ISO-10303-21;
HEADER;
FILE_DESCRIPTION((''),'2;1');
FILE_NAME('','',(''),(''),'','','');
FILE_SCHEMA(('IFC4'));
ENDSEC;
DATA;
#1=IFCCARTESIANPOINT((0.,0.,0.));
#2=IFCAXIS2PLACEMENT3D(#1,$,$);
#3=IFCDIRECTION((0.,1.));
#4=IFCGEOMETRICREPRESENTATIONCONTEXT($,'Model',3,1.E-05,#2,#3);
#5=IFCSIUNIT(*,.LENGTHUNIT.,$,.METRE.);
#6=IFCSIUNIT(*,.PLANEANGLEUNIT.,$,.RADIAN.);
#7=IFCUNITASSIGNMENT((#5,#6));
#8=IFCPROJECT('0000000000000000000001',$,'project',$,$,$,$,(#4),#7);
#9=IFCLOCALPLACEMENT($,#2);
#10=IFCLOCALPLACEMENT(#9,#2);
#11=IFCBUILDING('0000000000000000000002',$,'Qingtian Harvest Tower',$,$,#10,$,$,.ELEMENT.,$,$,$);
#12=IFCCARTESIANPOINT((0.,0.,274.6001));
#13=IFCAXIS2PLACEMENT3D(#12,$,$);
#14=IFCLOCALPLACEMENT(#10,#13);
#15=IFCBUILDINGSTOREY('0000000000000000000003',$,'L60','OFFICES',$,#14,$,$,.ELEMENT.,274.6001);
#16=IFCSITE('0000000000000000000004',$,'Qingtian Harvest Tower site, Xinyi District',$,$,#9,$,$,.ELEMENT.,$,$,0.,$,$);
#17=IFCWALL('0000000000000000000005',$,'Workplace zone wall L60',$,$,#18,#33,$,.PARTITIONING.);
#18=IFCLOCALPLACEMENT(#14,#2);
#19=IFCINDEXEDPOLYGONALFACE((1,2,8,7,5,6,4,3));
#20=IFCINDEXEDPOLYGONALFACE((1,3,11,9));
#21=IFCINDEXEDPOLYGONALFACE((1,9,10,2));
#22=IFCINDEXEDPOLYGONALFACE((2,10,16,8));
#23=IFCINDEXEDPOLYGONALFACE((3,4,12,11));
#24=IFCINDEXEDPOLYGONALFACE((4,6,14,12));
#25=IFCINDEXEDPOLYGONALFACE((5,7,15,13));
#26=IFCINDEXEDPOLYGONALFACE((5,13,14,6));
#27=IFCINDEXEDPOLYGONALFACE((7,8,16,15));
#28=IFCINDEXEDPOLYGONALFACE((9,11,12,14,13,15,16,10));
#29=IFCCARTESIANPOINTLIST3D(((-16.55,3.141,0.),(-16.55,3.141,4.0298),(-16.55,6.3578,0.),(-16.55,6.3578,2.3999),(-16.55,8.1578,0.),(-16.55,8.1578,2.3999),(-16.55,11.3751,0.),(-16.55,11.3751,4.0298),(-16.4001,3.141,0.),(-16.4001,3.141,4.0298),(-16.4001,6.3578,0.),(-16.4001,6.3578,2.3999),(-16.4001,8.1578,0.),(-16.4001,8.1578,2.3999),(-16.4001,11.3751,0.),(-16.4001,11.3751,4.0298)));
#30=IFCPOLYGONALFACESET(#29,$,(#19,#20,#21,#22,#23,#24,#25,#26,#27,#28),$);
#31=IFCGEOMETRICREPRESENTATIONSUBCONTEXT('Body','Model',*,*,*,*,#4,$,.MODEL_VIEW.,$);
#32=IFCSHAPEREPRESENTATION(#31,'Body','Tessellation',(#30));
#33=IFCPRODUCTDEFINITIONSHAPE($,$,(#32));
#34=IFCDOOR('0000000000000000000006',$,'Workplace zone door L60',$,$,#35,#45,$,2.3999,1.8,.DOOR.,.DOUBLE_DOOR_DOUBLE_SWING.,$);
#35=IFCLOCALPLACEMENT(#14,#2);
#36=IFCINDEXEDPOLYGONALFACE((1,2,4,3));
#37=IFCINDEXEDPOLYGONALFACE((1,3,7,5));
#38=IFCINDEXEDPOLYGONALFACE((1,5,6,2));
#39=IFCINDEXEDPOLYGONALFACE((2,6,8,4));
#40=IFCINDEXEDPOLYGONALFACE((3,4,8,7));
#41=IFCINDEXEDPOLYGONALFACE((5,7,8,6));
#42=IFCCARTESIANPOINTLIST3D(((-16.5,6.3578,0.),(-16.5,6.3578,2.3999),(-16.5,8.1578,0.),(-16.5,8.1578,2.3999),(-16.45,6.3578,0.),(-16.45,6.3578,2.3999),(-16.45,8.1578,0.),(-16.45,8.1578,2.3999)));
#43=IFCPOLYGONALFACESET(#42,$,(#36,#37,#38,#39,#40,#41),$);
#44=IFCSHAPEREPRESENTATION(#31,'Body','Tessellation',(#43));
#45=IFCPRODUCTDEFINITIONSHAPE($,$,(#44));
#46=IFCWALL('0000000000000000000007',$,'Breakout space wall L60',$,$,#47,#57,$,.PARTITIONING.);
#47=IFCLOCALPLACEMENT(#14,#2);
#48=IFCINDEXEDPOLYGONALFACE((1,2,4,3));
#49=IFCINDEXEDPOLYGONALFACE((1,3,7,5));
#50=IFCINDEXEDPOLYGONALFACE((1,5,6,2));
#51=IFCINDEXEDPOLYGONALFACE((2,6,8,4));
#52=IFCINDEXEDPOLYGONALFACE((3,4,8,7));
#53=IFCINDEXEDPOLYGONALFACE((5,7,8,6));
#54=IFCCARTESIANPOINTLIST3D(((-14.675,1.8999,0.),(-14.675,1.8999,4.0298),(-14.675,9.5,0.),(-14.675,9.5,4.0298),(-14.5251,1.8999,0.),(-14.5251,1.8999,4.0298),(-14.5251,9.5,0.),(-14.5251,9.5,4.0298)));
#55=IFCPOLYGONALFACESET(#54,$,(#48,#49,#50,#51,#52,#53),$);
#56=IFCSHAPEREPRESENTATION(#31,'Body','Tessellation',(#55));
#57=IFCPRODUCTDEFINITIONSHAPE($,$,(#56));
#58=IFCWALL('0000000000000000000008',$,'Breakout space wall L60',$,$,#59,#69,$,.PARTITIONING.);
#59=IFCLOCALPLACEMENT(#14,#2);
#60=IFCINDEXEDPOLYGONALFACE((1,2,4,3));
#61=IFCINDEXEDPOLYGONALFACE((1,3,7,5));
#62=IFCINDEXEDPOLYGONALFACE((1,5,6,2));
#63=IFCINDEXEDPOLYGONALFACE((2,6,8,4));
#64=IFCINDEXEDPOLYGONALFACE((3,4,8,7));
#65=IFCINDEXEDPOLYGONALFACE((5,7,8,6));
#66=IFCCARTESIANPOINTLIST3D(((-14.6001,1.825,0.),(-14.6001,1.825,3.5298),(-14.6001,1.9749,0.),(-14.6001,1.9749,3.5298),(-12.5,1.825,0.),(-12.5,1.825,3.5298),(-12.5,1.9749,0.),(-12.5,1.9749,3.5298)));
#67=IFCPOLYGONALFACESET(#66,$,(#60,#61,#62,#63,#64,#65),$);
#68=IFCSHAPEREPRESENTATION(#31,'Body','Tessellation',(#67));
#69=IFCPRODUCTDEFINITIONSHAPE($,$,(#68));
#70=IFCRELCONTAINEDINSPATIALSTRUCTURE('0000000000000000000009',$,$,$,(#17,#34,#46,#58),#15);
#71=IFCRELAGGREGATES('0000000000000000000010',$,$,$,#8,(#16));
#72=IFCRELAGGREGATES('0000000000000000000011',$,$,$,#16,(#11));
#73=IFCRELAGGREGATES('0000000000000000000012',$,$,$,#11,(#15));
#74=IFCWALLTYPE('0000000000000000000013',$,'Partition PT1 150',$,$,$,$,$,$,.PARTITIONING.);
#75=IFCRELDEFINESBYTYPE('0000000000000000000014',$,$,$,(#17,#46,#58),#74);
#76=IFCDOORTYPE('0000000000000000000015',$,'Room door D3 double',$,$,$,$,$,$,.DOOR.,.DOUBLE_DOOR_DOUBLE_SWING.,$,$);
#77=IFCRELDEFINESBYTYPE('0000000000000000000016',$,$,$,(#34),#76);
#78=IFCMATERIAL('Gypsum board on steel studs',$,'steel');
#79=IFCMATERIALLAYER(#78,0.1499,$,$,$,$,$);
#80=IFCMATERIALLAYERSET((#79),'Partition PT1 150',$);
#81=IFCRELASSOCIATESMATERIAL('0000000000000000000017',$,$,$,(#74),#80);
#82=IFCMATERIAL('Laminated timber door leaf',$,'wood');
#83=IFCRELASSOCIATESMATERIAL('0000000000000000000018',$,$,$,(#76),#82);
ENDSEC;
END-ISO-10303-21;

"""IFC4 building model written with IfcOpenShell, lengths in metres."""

from ifc_helpers import new_model, si_unit, direction, frame, frame_2d, origin, place, context, subcontext, project, spatial, rectangle, extrude, material, layer, layer_set, type_object, element, fill, save


model = new_model("IFC4")

# Units and contexts
model_context = context("Model", 3, precision=1e-05, world=origin(), true_north=direction((0.0, 1.0)))
body_context = subcontext(model_context, "Body", "Model", "MODEL_VIEW")
ifc_project = project(units=[si_unit("LENGTHUNIT", "METRE"), si_unit("PLANEANGLEUNIT", "RADIAN")], contexts=[model_context])

# Site, building, storey
site_placement = place(None, origin())
site = spatial("IfcSite", under=ifc_project, at=site_placement, Name="Qingtian Harvest Tower site, Xinyi District", CompositionType="ELEMENT", RefElevation=0.0)
building_placement = place(site_placement, origin())
building = spatial("IfcBuilding", under=site, at=building_placement, Name="Qingtian Harvest Tower", CompositionType="ELEMENT")
storey_placement = place(building_placement, frame((0.0, 0.0, 274.6001)))
storey = spatial("IfcBuildingStorey", under=building, at=storey_placement, Name="L60", Description="OFFICES", CompositionType="ELEMENT", Elevation=274.6001)

# Shared definitions
ifc_material_1 = material(Name="Gypsum board on steel studs", Category="steel")
ifc_layer_1 = layer(ifc_material_1, 0.1499)
ifc_layer_set_1 = layer_set([ifc_layer_1], Name="Partition PT1 150")
wall_type_1 = type_object("IfcWallType", Name="Partition PT1 150", PredefinedType="PARTITIONING", material=ifc_layer_set_1)

# Wall, opening, door
wall_1_placement = place(storey_placement, frame((-16.4751, 3.1409, 0.0), z_axis=(0.0, 0.0, 1.0), x_axis=(0.0, 1.0, 0.0)))
wall_1 = element("IfcWall", 1, at=wall_1_placement, inside=storey, type_object=wall_type_1, Name="Workplace zone wall L60", PredefinedType="PARTITIONING", context=body_context, shape_type="SweptSolid", body=[
    extrude(rectangle(XDim=8.2341, YDim=0.1499, at=frame_2d((4.1172, 0.0))), origin(), (0.0, 0.0, 1.0), 4.0298),
])
opening_1_placement = place(wall_1_placement, frame((3.217, 0.0, 0.0)))
opening_1 = element("IfcOpeningElement", 2, at=opening_1_placement, cuts=wall_1, PredefinedType="OPENING", context=body_context, shape_type="SweptSolid", body=[
    extrude(rectangle(XDim=1.8, YDim=2.3999, at=frame_2d((0.8999, 1.2))), frame((0.0, 0.085, 0.0), z_axis=(0.0, -1.0, 0.0), x_axis=(1.0, 0.0, 0.0)), (0.0, 0.0, 1.0), 0.1699),
])
ifc_material_2 = material(Name="Laminated timber door leaf", Category="wood")
door_type_1 = type_object("IfcDoorType", Name="Room door D3 double", OperationType="DOUBLE_DOOR_DOUBLE_SWING", PredefinedType="DOOR", material=ifc_material_2)
door_1_placement = place(opening_1_placement, origin())
door_1 = element("IfcDoor", 3, at=door_1_placement, inside=storey, type_object=door_type_1, Name="Workplace zone door L60", OperationType="DOUBLE_DOOR_DOUBLE_SWING", OverallHeight=2.3999, OverallWidth=1.8, PredefinedType="DOOR", context=body_context, shape_type="SweptSolid", body=[
    extrude(rectangle(XDim=1.8, YDim=2.3999, at=frame_2d((0.8999, 1.2))), frame((0.0, 0.0249, 0.0), z_axis=(0.0, -1.0, 0.0), x_axis=(1.0, 0.0, 0.0)), (0.0, 0.0, 1.0), 0.05),
])
fill(opening_1, door_1)

# Walls
wall_2_placement = place(storey_placement, frame((-14.6001, 1.8999, 0.0), z_axis=(0.0, 0.0, 1.0), x_axis=(0.0, 1.0, 0.0)))
element("IfcWall", 4, at=wall_2_placement, inside=storey, type_object=wall_type_1, Name="Breakout space wall L60", PredefinedType="PARTITIONING", context=body_context, shape_type="SweptSolid", body=[
    extrude(rectangle(XDim=7.6001, YDim=0.1499, at=frame_2d((3.8, 0.0))), origin(), (0.0, 0.0, 1.0), 4.0298),
])
wall_3_placement = place(storey_placement, frame((-12.5, 1.8999, 0.0), z_axis=(0.0, 0.0, 1.0), x_axis=(-1.0, 0.0, 0.0)))
element("IfcWall", 5, at=wall_3_placement, inside=storey, type_object=wall_type_1, Name="Breakout space wall L60", PredefinedType="PARTITIONING", context=body_context, shape_type="SweptSolid", body=[
    extrude(rectangle(XDim=2.1001, YDim=0.1499, at=frame_2d((1.05, 0.0))), origin(), (0.0, 0.0, 1.0), 3.5298),
])

save(model, "model.ifc")
